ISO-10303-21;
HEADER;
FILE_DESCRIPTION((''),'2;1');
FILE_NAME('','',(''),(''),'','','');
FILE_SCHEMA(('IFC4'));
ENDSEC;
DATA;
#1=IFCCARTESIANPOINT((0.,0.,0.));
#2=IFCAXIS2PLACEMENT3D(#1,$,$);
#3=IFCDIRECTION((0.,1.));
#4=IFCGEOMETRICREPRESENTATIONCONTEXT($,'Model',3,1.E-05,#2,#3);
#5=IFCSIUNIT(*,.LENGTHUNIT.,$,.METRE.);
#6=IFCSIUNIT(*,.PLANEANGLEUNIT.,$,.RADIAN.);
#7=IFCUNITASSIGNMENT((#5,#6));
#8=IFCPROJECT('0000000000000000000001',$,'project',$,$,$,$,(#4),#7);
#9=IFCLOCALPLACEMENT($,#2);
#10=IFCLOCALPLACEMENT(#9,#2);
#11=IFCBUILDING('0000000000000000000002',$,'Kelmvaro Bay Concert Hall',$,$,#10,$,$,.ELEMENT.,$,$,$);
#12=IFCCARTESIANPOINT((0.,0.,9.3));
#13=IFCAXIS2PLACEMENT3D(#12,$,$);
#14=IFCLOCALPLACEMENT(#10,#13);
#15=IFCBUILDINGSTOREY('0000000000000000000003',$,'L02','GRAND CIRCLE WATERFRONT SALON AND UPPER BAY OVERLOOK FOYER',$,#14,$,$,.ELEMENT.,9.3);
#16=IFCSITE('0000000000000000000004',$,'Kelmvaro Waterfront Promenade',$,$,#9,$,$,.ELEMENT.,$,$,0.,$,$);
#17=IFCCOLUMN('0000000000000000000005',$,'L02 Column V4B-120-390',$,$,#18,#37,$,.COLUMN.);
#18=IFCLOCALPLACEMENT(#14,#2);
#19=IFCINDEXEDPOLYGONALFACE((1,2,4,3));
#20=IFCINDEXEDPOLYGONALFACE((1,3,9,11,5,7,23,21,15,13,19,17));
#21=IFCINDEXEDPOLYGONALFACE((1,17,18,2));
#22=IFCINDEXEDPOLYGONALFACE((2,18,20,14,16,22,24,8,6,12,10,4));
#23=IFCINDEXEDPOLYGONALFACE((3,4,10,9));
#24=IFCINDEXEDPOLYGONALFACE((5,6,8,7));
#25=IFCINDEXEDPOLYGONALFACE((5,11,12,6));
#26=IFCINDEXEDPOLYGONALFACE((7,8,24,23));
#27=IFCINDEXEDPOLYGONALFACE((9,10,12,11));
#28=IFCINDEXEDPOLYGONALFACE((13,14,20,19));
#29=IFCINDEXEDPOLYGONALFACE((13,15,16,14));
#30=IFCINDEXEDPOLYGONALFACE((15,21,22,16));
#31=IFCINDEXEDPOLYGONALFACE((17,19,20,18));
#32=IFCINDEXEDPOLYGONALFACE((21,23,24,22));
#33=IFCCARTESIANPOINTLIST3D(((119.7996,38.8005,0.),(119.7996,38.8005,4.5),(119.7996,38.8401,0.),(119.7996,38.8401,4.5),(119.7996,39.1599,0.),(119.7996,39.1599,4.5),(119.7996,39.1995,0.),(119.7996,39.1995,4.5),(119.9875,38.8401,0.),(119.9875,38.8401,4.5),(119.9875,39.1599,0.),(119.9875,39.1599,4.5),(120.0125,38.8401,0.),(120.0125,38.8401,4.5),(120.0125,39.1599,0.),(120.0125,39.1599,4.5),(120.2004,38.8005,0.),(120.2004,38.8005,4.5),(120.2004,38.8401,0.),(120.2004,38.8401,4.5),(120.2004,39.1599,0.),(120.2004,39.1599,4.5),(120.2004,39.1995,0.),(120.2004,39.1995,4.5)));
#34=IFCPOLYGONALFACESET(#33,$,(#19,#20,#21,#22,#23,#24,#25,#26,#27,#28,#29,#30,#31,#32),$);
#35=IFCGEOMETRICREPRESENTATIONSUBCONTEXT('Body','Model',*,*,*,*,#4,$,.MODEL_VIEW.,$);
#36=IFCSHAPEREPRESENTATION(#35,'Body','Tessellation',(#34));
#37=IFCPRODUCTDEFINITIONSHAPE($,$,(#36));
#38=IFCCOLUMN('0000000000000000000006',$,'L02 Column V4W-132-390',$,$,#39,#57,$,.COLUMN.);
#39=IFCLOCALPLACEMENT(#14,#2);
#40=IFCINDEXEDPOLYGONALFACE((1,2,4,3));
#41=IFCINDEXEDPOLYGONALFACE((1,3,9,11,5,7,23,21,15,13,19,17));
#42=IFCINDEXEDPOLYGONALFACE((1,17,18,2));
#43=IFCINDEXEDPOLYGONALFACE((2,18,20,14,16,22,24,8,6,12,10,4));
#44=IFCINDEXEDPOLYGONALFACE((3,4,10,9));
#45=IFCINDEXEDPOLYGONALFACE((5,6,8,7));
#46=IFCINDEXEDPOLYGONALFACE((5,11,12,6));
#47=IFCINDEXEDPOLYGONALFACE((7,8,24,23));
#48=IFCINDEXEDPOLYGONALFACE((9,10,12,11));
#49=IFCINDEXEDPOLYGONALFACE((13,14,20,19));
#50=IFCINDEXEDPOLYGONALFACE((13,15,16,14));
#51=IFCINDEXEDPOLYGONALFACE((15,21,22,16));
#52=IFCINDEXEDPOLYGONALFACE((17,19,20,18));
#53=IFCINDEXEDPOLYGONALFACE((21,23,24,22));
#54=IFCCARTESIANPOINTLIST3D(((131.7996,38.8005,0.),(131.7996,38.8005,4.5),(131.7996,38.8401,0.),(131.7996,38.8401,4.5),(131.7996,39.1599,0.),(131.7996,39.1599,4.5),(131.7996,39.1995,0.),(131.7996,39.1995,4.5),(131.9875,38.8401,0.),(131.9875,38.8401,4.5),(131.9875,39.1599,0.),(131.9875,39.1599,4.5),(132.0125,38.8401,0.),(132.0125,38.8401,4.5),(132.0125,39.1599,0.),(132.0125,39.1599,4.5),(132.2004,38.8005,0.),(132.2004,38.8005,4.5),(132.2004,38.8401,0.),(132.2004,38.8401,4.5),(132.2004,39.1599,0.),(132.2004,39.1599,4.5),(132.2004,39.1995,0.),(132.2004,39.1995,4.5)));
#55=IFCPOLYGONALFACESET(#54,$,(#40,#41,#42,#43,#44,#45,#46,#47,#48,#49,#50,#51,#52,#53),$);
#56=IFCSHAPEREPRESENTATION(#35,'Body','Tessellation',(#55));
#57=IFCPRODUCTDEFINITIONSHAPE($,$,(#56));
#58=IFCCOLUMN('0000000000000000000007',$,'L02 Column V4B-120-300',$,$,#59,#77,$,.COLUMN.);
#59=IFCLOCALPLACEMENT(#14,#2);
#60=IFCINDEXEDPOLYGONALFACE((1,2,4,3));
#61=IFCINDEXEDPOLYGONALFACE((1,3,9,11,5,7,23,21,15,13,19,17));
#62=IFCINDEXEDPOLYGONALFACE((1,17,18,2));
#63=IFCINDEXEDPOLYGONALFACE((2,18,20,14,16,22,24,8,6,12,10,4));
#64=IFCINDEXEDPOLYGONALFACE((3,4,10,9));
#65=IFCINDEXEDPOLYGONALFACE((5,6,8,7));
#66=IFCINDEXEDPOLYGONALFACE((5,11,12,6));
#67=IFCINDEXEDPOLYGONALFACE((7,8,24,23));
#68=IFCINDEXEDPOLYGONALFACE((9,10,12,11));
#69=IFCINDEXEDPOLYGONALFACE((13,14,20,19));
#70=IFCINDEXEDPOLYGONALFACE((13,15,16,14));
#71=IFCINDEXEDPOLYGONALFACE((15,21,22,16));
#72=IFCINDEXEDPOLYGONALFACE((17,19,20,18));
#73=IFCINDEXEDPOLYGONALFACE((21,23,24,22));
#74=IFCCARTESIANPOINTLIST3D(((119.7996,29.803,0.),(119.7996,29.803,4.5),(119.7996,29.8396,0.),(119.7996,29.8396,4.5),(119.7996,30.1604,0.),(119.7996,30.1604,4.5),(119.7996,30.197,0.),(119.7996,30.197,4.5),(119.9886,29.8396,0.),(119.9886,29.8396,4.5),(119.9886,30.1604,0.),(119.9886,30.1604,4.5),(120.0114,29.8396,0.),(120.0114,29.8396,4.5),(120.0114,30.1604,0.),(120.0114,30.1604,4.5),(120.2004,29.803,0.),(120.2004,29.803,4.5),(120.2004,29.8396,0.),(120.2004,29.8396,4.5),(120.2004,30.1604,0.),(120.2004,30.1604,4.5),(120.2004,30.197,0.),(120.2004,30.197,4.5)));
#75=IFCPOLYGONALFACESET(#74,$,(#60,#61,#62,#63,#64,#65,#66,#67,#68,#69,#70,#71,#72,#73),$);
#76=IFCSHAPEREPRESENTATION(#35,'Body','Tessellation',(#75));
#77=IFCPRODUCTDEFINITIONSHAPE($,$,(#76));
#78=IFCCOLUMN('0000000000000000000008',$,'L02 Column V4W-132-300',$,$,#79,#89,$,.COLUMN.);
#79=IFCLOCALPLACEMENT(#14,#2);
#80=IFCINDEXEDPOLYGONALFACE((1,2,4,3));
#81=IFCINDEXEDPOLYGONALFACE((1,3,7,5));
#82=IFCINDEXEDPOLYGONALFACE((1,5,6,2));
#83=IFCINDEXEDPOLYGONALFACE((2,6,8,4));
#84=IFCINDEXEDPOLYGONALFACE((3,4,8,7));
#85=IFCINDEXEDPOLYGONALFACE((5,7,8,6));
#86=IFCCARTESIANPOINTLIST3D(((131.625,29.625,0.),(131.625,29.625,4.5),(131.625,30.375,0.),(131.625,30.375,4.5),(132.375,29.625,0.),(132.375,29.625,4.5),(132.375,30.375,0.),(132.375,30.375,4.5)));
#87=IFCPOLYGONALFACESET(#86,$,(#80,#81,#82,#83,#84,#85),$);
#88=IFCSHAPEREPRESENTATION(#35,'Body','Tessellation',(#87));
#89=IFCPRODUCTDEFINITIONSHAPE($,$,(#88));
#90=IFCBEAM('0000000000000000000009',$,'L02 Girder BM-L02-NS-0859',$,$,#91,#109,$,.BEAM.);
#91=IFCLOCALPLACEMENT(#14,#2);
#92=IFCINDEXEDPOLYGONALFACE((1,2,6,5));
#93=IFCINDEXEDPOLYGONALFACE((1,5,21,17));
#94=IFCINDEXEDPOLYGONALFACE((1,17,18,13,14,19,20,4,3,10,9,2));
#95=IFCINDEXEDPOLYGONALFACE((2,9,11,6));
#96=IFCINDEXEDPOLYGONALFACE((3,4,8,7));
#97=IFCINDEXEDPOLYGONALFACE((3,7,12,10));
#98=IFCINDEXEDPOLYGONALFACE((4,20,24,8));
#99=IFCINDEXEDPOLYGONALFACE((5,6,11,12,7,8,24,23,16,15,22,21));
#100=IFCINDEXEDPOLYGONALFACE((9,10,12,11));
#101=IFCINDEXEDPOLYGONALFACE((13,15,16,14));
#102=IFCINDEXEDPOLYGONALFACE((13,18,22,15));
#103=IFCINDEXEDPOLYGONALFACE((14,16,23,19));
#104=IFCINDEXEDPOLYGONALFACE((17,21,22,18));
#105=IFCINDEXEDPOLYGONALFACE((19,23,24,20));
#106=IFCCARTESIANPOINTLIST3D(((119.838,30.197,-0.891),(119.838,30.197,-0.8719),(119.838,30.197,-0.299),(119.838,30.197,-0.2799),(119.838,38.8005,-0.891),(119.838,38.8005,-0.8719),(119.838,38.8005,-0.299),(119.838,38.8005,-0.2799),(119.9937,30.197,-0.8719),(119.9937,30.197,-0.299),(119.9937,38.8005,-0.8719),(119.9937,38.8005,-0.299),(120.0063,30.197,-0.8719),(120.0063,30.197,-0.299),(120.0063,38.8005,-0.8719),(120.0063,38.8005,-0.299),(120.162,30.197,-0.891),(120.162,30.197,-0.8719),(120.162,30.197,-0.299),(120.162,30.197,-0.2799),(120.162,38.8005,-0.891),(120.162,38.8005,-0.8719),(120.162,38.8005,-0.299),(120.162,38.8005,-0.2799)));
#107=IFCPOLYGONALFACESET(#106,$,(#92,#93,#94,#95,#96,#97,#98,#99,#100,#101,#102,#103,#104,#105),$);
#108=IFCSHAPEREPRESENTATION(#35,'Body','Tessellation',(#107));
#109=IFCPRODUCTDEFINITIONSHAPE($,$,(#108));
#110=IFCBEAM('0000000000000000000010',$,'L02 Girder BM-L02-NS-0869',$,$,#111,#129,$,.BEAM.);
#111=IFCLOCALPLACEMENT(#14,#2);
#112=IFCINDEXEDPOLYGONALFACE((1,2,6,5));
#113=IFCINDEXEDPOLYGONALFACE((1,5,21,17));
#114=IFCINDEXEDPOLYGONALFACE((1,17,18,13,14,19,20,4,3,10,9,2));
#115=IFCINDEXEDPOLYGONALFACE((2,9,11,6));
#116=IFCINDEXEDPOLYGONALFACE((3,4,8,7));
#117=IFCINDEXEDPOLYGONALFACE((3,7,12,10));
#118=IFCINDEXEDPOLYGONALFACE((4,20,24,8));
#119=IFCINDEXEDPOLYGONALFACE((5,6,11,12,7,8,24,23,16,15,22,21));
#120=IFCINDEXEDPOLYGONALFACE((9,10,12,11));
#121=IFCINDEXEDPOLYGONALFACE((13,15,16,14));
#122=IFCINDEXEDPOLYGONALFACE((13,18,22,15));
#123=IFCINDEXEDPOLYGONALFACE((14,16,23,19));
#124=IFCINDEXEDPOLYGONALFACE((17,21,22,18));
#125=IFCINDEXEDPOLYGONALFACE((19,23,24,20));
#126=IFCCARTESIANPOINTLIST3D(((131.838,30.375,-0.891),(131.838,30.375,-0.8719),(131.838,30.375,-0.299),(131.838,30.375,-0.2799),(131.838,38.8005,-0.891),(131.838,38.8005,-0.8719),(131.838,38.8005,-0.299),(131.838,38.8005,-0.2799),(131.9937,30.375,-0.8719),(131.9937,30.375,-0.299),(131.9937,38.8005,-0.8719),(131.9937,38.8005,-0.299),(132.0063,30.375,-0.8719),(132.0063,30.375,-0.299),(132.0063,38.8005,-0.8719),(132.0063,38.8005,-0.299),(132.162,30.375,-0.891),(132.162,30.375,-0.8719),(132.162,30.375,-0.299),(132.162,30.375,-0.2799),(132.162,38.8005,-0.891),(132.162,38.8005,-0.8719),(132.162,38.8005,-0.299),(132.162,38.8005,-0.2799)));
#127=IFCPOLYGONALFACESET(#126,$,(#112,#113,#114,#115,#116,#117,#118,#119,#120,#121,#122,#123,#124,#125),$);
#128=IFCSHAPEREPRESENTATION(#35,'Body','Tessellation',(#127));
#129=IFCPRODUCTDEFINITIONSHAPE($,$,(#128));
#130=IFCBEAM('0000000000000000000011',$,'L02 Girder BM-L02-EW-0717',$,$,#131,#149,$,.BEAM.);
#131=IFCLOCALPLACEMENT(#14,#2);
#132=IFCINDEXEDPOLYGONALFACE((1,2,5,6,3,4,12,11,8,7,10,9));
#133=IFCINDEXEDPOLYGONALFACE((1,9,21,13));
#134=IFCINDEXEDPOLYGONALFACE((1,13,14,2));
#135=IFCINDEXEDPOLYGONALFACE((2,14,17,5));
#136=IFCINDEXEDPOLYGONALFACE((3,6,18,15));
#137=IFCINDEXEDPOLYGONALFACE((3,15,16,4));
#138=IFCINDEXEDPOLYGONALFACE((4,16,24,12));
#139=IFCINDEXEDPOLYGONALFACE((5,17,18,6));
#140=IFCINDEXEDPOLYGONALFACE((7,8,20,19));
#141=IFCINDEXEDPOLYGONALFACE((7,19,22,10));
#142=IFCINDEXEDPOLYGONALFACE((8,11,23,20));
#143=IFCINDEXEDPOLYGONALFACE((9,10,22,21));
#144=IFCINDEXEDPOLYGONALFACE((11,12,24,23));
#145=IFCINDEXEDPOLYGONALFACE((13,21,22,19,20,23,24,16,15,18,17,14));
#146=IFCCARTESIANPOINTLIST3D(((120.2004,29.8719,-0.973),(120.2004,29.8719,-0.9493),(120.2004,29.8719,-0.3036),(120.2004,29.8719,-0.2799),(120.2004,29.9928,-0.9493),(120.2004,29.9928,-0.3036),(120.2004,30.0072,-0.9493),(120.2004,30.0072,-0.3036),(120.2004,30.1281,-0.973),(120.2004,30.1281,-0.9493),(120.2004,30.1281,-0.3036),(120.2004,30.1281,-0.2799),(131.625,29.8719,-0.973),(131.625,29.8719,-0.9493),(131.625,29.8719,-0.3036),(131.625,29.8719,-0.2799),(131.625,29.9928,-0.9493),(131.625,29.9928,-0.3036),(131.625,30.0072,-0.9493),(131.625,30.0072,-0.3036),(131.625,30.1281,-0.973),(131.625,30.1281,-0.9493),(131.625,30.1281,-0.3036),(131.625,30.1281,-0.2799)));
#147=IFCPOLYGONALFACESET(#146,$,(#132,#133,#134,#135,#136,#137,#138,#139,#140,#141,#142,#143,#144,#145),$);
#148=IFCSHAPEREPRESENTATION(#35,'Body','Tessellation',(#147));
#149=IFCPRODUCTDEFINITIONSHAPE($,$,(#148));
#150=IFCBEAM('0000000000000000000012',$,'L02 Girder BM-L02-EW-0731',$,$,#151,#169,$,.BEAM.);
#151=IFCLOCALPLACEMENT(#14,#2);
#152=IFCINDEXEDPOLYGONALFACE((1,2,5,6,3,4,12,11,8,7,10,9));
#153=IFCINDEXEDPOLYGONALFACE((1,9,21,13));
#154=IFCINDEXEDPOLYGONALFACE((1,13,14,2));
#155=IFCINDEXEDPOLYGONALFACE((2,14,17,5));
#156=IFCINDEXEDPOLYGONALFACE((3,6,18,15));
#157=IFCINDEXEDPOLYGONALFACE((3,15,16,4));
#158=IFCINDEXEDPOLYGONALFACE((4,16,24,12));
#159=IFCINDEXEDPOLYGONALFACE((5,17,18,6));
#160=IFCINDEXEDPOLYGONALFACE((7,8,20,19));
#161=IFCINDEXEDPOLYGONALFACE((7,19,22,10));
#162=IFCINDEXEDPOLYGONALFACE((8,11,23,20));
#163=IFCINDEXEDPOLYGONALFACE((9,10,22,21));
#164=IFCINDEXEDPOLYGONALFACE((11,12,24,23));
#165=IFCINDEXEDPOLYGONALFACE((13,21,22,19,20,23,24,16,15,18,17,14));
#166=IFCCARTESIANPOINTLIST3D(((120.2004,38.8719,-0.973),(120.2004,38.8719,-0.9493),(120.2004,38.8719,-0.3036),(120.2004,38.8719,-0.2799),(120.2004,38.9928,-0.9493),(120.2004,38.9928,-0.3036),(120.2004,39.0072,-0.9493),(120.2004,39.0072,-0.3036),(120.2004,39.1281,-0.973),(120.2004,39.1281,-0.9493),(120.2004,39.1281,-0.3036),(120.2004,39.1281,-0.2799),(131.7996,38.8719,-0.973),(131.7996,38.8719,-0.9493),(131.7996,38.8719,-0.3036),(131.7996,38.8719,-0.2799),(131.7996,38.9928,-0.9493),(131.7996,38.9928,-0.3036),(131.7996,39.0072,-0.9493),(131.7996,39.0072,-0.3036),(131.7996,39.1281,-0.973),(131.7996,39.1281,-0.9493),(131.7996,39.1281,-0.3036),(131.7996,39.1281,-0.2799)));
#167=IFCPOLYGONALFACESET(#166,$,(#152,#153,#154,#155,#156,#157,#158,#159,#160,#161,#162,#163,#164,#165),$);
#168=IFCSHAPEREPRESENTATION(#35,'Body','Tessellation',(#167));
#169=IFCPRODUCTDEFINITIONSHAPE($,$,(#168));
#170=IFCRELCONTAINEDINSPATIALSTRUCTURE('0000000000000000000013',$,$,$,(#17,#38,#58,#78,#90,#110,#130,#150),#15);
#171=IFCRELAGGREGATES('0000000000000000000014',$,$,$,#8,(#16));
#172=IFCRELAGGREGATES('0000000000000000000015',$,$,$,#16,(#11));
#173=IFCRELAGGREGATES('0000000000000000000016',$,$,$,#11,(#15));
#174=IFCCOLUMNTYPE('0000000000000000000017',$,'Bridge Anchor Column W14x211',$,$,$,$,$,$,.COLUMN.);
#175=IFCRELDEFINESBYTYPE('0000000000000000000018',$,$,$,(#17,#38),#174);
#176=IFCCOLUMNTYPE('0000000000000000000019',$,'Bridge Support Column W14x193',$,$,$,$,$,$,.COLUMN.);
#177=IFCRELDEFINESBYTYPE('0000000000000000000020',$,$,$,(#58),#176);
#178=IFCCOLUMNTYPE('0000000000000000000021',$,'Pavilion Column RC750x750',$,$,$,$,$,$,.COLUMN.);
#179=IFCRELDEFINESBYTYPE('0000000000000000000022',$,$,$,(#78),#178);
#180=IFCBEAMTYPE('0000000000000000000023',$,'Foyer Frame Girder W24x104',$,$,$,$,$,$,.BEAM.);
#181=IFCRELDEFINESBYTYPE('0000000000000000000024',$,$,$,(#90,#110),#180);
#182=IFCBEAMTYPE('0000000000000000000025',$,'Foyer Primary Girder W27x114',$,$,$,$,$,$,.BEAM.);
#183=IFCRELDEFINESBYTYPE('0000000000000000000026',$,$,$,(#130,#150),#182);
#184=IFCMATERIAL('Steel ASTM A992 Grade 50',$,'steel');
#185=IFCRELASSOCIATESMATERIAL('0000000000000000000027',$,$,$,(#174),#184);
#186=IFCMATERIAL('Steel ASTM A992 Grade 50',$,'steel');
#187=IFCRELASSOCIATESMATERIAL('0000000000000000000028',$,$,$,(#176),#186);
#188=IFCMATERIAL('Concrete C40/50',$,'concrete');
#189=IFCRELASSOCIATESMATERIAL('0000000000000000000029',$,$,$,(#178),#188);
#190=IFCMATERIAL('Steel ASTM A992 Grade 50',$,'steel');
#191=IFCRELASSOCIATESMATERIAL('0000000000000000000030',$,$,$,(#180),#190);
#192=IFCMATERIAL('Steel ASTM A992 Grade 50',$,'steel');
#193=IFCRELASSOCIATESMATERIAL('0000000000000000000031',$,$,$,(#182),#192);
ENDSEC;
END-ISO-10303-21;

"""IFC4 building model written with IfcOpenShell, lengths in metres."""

from ifc_helpers import new_model, si_unit, direction, frame, origin, origin_2d, place, context, subcontext, project, spatial, rectangle, i_section, extrude, material, material_profile, profile_set, type_object, element, save


model = new_model("IFC4")

# Units and contexts
model_context = context("Model", 3, precision=1e-05, world=origin(), true_north=direction((0.0, 1.0)))
body_context = subcontext(model_context, "Body", "Model", "MODEL_VIEW")
ifc_project = project(units=[si_unit("LENGTHUNIT", "METRE"), si_unit("PLANEANGLEUNIT", "RADIAN")], contexts=[model_context])

# Site, building, storey
site_placement = place(None, origin())
site = spatial("IfcSite", under=ifc_project, at=site_placement, Name="Kelmvaro Waterfront Promenade", CompositionType="ELEMENT", RefElevation=0.0)
building_placement = place(site_placement, origin())
building = spatial("IfcBuilding", under=site, at=building_placement, Name="Kelmvaro Bay Concert Hall", CompositionType="ELEMENT")
storey_placement = place(building_placement, frame((0.0, 0.0, 9.3)))
storey = spatial("IfcBuildingStorey", under=building, at=storey_placement, Name="L02", Description="GRAND CIRCLE WATERFRONT SALON AND UPPER BAY OVERLOOK FOYER", CompositionType="ELEMENT", Elevation=9.3)

# Columns
ifc_material_1 = material(Name="Steel ASTM A992 Grade 50", Category="steel")
ifc_material_profile_1 = material_profile(ifc_material_1, i_section(OverallWidth=0.4009, OverallDepth=0.3989, WebThickness=0.0249, FlangeThickness=0.0396, at=origin_2d()), Name="W14X211")
ifc_profile_set_1 = profile_set([ifc_material_profile_1], Name="Steel ASTM A992 Grade 50")
column_type_1 = type_object("IfcColumnType", Name="Bridge Anchor Column W14x211", PredefinedType="COLUMN", material=ifc_profile_set_1)
for number, where, z_axis, x_axis, name in (
    (1, (120.0, 39.0, 0.0), (0.0, 0.0, 1.0), (1.0, 0.0, 0.0), "L02 Column V4B-120-390"),
    (2, (132.0, 39.0, 0.0), (0.0, 0.0, 1.0), (1.0, 0.0, 0.0), "L02 Column V4W-132-390"),
):
    element("IfcColumn", number, at=place(storey_placement, frame(where, z_axis=z_axis, x_axis=x_axis)), inside=storey, type_object=column_type_1, Name=name, PredefinedType="COLUMN", context=body_context, shape_type="SweptSolid", body=[
        extrude(i_section(OverallWidth=0.4009, OverallDepth=0.3989, WebThickness=0.0249, FlangeThickness=0.0396, at=origin_2d()), origin(), (0.0, 0.0, 1.0), 4.5),
    ])
ifc_material_2 = material(Name="Steel ASTM A992 Grade 50", Category="steel")
ifc_material_profile_2 = material_profile(ifc_material_2, i_section(OverallWidth=0.4009, OverallDepth=0.394, WebThickness=0.0227, FlangeThickness=0.0366, at=origin_2d()), Name="W14X193")
ifc_profile_set_2 = profile_set([ifc_material_profile_2], Name="Steel ASTM A992 Grade 50")
column_type_2 = type_object("IfcColumnType", Name="Bridge Support Column W14x193", PredefinedType="COLUMN", material=ifc_profile_set_2)
column_1_placement = place(storey_placement, frame((120.0, 30.0, 0.0), z_axis=(0.0, 0.0, 1.0), x_axis=(1.0, 0.0, 0.0)))
element("IfcColumn", 3, at=column_1_placement, inside=storey, type_object=column_type_2, Name="L02 Column V4B-120-300", PredefinedType="COLUMN", context=body_context, shape_type="SweptSolid", body=[
    extrude(i_section(OverallWidth=0.4009, OverallDepth=0.394, WebThickness=0.0227, FlangeThickness=0.0366, at=origin_2d()), origin(), (0.0, 0.0, 1.0), 4.5),
])
ifc_material_3 = material(Name="Concrete C40/50", Category="concrete")
ifc_material_profile_3 = material_profile(ifc_material_3, rectangle(XDim=0.75, YDim=0.75, at=origin_2d()), Name="RC-COL-750X750")
ifc_profile_set_3 = profile_set([ifc_material_profile_3], Name="Concrete C40/50")
column_type_3 = type_object("IfcColumnType", Name="Pavilion Column RC750x750", PredefinedType="COLUMN", material=ifc_profile_set_3)
column_2_placement = place(storey_placement, frame((132.0, 30.0, 0.0), z_axis=(0.0, 0.0, 1.0), x_axis=(1.0, 0.0, 0.0)))
element("IfcColumn", 4, at=column_2_placement, inside=storey, type_object=column_type_3, Name="L02 Column V4W-132-300", PredefinedType="COLUMN", context=body_context, shape_type="SweptSolid", body=[
    extrude(rectangle(XDim=0.75, YDim=0.75, at=origin_2d()), origin(), (0.0, 0.0, 1.0), 4.5),
])

# Beams
ifc_material_4 = material(Name="Steel ASTM A992 Grade 50", Category="steel")
ifc_material_profile_4 = material_profile(ifc_material_4, i_section(OverallWidth=0.324, OverallDepth=0.6111, WebThickness=0.0127, FlangeThickness=0.019, at=origin_2d()), Name="W24X104")
ifc_profile_set_4 = profile_set([ifc_material_profile_4], Name="Steel ASTM A992 Grade 50")
beam_type_1 = type_object("IfcBeamType", Name="Foyer Frame Girder W24x104", PredefinedType="BEAM", material=ifc_profile_set_4)
beam_1_placement = place(storey_placement, frame((120.0, 30.197, -0.5854), z_axis=(0.0, 1.0, 0.0), x_axis=(-1.0, 0.0, 0.0)))
element("IfcBeam", 5, at=beam_1_placement, inside=storey, type_object=beam_type_1, Name="L02 Girder BM-L02-NS-0859", PredefinedType="BEAM", context=body_context, shape_type="SweptSolid", body=[
    extrude(i_section(OverallWidth=0.324, OverallDepth=0.6111, WebThickness=0.0127, FlangeThickness=0.019, at=origin_2d()), origin(), (0.0, 0.0, 1.0), 8.6035),
])
beam_2_placement = place(storey_placement, frame((132.0, 30.375, -0.5854), z_axis=(0.0, 1.0, 0.0), x_axis=(-1.0, 0.0, 0.0)))
element("IfcBeam", 6, at=beam_2_placement, inside=storey, type_object=beam_type_1, Name="L02 Girder BM-L02-NS-0869", PredefinedType="BEAM", context=body_context, shape_type="SweptSolid", body=[
    extrude(i_section(OverallWidth=0.324, OverallDepth=0.6111, WebThickness=0.0127, FlangeThickness=0.019, at=origin_2d()), origin(), (0.0, 0.0, 1.0), 8.4255),
])
ifc_material_5 = material(Name="Steel ASTM A992 Grade 50", Category="steel")
ifc_material_profile_5 = material_profile(ifc_material_5, i_section(OverallWidth=0.2561, OverallDepth=0.6931, WebThickness=0.0144, FlangeThickness=0.0237, at=origin_2d()), Name="W27X114")
ifc_profile_set_5 = profile_set([ifc_material_profile_5], Name="Steel ASTM A992 Grade 50")
beam_type_2 = type_object("IfcBeamType", Name="Foyer Primary Girder W27x114", PredefinedType="BEAM", material=ifc_profile_set_5)
beam_3_placement = place(storey_placement, frame((120.2004, 30.0, -0.6265), z_axis=(1.0, 0.0, 0.0), x_axis=(0.0, 1.0, 0.0)))
element("IfcBeam", 7, at=beam_3_placement, inside=storey, type_object=beam_type_2, Name="L02 Girder BM-L02-EW-0717", PredefinedType="BEAM", context=body_context, shape_type="SweptSolid", body=[
    extrude(i_section(OverallWidth=0.2561, OverallDepth=0.6931, WebThickness=0.0144, FlangeThickness=0.0237, at=origin_2d()), origin(), (0.0, 0.0, 1.0), 11.4246),
])
beam_4_placement = place(storey_placement, frame((120.2004, 39.0, -0.6265), z_axis=(1.0, 0.0, 0.0), x_axis=(0.0, 1.0, 0.0)))
element("IfcBeam", 8, at=beam_4_placement, inside=storey, type_object=beam_type_2, Name="L02 Girder BM-L02-EW-0731", PredefinedType="BEAM", context=body_context, shape_type="SweptSolid", body=[
    extrude(i_section(OverallWidth=0.2561, OverallDepth=0.6931, WebThickness=0.0144, FlangeThickness=0.0237, at=origin_2d()), origin(), (0.0, 0.0, 1.0), 11.5991),
])

save(model, "model.ifc")
